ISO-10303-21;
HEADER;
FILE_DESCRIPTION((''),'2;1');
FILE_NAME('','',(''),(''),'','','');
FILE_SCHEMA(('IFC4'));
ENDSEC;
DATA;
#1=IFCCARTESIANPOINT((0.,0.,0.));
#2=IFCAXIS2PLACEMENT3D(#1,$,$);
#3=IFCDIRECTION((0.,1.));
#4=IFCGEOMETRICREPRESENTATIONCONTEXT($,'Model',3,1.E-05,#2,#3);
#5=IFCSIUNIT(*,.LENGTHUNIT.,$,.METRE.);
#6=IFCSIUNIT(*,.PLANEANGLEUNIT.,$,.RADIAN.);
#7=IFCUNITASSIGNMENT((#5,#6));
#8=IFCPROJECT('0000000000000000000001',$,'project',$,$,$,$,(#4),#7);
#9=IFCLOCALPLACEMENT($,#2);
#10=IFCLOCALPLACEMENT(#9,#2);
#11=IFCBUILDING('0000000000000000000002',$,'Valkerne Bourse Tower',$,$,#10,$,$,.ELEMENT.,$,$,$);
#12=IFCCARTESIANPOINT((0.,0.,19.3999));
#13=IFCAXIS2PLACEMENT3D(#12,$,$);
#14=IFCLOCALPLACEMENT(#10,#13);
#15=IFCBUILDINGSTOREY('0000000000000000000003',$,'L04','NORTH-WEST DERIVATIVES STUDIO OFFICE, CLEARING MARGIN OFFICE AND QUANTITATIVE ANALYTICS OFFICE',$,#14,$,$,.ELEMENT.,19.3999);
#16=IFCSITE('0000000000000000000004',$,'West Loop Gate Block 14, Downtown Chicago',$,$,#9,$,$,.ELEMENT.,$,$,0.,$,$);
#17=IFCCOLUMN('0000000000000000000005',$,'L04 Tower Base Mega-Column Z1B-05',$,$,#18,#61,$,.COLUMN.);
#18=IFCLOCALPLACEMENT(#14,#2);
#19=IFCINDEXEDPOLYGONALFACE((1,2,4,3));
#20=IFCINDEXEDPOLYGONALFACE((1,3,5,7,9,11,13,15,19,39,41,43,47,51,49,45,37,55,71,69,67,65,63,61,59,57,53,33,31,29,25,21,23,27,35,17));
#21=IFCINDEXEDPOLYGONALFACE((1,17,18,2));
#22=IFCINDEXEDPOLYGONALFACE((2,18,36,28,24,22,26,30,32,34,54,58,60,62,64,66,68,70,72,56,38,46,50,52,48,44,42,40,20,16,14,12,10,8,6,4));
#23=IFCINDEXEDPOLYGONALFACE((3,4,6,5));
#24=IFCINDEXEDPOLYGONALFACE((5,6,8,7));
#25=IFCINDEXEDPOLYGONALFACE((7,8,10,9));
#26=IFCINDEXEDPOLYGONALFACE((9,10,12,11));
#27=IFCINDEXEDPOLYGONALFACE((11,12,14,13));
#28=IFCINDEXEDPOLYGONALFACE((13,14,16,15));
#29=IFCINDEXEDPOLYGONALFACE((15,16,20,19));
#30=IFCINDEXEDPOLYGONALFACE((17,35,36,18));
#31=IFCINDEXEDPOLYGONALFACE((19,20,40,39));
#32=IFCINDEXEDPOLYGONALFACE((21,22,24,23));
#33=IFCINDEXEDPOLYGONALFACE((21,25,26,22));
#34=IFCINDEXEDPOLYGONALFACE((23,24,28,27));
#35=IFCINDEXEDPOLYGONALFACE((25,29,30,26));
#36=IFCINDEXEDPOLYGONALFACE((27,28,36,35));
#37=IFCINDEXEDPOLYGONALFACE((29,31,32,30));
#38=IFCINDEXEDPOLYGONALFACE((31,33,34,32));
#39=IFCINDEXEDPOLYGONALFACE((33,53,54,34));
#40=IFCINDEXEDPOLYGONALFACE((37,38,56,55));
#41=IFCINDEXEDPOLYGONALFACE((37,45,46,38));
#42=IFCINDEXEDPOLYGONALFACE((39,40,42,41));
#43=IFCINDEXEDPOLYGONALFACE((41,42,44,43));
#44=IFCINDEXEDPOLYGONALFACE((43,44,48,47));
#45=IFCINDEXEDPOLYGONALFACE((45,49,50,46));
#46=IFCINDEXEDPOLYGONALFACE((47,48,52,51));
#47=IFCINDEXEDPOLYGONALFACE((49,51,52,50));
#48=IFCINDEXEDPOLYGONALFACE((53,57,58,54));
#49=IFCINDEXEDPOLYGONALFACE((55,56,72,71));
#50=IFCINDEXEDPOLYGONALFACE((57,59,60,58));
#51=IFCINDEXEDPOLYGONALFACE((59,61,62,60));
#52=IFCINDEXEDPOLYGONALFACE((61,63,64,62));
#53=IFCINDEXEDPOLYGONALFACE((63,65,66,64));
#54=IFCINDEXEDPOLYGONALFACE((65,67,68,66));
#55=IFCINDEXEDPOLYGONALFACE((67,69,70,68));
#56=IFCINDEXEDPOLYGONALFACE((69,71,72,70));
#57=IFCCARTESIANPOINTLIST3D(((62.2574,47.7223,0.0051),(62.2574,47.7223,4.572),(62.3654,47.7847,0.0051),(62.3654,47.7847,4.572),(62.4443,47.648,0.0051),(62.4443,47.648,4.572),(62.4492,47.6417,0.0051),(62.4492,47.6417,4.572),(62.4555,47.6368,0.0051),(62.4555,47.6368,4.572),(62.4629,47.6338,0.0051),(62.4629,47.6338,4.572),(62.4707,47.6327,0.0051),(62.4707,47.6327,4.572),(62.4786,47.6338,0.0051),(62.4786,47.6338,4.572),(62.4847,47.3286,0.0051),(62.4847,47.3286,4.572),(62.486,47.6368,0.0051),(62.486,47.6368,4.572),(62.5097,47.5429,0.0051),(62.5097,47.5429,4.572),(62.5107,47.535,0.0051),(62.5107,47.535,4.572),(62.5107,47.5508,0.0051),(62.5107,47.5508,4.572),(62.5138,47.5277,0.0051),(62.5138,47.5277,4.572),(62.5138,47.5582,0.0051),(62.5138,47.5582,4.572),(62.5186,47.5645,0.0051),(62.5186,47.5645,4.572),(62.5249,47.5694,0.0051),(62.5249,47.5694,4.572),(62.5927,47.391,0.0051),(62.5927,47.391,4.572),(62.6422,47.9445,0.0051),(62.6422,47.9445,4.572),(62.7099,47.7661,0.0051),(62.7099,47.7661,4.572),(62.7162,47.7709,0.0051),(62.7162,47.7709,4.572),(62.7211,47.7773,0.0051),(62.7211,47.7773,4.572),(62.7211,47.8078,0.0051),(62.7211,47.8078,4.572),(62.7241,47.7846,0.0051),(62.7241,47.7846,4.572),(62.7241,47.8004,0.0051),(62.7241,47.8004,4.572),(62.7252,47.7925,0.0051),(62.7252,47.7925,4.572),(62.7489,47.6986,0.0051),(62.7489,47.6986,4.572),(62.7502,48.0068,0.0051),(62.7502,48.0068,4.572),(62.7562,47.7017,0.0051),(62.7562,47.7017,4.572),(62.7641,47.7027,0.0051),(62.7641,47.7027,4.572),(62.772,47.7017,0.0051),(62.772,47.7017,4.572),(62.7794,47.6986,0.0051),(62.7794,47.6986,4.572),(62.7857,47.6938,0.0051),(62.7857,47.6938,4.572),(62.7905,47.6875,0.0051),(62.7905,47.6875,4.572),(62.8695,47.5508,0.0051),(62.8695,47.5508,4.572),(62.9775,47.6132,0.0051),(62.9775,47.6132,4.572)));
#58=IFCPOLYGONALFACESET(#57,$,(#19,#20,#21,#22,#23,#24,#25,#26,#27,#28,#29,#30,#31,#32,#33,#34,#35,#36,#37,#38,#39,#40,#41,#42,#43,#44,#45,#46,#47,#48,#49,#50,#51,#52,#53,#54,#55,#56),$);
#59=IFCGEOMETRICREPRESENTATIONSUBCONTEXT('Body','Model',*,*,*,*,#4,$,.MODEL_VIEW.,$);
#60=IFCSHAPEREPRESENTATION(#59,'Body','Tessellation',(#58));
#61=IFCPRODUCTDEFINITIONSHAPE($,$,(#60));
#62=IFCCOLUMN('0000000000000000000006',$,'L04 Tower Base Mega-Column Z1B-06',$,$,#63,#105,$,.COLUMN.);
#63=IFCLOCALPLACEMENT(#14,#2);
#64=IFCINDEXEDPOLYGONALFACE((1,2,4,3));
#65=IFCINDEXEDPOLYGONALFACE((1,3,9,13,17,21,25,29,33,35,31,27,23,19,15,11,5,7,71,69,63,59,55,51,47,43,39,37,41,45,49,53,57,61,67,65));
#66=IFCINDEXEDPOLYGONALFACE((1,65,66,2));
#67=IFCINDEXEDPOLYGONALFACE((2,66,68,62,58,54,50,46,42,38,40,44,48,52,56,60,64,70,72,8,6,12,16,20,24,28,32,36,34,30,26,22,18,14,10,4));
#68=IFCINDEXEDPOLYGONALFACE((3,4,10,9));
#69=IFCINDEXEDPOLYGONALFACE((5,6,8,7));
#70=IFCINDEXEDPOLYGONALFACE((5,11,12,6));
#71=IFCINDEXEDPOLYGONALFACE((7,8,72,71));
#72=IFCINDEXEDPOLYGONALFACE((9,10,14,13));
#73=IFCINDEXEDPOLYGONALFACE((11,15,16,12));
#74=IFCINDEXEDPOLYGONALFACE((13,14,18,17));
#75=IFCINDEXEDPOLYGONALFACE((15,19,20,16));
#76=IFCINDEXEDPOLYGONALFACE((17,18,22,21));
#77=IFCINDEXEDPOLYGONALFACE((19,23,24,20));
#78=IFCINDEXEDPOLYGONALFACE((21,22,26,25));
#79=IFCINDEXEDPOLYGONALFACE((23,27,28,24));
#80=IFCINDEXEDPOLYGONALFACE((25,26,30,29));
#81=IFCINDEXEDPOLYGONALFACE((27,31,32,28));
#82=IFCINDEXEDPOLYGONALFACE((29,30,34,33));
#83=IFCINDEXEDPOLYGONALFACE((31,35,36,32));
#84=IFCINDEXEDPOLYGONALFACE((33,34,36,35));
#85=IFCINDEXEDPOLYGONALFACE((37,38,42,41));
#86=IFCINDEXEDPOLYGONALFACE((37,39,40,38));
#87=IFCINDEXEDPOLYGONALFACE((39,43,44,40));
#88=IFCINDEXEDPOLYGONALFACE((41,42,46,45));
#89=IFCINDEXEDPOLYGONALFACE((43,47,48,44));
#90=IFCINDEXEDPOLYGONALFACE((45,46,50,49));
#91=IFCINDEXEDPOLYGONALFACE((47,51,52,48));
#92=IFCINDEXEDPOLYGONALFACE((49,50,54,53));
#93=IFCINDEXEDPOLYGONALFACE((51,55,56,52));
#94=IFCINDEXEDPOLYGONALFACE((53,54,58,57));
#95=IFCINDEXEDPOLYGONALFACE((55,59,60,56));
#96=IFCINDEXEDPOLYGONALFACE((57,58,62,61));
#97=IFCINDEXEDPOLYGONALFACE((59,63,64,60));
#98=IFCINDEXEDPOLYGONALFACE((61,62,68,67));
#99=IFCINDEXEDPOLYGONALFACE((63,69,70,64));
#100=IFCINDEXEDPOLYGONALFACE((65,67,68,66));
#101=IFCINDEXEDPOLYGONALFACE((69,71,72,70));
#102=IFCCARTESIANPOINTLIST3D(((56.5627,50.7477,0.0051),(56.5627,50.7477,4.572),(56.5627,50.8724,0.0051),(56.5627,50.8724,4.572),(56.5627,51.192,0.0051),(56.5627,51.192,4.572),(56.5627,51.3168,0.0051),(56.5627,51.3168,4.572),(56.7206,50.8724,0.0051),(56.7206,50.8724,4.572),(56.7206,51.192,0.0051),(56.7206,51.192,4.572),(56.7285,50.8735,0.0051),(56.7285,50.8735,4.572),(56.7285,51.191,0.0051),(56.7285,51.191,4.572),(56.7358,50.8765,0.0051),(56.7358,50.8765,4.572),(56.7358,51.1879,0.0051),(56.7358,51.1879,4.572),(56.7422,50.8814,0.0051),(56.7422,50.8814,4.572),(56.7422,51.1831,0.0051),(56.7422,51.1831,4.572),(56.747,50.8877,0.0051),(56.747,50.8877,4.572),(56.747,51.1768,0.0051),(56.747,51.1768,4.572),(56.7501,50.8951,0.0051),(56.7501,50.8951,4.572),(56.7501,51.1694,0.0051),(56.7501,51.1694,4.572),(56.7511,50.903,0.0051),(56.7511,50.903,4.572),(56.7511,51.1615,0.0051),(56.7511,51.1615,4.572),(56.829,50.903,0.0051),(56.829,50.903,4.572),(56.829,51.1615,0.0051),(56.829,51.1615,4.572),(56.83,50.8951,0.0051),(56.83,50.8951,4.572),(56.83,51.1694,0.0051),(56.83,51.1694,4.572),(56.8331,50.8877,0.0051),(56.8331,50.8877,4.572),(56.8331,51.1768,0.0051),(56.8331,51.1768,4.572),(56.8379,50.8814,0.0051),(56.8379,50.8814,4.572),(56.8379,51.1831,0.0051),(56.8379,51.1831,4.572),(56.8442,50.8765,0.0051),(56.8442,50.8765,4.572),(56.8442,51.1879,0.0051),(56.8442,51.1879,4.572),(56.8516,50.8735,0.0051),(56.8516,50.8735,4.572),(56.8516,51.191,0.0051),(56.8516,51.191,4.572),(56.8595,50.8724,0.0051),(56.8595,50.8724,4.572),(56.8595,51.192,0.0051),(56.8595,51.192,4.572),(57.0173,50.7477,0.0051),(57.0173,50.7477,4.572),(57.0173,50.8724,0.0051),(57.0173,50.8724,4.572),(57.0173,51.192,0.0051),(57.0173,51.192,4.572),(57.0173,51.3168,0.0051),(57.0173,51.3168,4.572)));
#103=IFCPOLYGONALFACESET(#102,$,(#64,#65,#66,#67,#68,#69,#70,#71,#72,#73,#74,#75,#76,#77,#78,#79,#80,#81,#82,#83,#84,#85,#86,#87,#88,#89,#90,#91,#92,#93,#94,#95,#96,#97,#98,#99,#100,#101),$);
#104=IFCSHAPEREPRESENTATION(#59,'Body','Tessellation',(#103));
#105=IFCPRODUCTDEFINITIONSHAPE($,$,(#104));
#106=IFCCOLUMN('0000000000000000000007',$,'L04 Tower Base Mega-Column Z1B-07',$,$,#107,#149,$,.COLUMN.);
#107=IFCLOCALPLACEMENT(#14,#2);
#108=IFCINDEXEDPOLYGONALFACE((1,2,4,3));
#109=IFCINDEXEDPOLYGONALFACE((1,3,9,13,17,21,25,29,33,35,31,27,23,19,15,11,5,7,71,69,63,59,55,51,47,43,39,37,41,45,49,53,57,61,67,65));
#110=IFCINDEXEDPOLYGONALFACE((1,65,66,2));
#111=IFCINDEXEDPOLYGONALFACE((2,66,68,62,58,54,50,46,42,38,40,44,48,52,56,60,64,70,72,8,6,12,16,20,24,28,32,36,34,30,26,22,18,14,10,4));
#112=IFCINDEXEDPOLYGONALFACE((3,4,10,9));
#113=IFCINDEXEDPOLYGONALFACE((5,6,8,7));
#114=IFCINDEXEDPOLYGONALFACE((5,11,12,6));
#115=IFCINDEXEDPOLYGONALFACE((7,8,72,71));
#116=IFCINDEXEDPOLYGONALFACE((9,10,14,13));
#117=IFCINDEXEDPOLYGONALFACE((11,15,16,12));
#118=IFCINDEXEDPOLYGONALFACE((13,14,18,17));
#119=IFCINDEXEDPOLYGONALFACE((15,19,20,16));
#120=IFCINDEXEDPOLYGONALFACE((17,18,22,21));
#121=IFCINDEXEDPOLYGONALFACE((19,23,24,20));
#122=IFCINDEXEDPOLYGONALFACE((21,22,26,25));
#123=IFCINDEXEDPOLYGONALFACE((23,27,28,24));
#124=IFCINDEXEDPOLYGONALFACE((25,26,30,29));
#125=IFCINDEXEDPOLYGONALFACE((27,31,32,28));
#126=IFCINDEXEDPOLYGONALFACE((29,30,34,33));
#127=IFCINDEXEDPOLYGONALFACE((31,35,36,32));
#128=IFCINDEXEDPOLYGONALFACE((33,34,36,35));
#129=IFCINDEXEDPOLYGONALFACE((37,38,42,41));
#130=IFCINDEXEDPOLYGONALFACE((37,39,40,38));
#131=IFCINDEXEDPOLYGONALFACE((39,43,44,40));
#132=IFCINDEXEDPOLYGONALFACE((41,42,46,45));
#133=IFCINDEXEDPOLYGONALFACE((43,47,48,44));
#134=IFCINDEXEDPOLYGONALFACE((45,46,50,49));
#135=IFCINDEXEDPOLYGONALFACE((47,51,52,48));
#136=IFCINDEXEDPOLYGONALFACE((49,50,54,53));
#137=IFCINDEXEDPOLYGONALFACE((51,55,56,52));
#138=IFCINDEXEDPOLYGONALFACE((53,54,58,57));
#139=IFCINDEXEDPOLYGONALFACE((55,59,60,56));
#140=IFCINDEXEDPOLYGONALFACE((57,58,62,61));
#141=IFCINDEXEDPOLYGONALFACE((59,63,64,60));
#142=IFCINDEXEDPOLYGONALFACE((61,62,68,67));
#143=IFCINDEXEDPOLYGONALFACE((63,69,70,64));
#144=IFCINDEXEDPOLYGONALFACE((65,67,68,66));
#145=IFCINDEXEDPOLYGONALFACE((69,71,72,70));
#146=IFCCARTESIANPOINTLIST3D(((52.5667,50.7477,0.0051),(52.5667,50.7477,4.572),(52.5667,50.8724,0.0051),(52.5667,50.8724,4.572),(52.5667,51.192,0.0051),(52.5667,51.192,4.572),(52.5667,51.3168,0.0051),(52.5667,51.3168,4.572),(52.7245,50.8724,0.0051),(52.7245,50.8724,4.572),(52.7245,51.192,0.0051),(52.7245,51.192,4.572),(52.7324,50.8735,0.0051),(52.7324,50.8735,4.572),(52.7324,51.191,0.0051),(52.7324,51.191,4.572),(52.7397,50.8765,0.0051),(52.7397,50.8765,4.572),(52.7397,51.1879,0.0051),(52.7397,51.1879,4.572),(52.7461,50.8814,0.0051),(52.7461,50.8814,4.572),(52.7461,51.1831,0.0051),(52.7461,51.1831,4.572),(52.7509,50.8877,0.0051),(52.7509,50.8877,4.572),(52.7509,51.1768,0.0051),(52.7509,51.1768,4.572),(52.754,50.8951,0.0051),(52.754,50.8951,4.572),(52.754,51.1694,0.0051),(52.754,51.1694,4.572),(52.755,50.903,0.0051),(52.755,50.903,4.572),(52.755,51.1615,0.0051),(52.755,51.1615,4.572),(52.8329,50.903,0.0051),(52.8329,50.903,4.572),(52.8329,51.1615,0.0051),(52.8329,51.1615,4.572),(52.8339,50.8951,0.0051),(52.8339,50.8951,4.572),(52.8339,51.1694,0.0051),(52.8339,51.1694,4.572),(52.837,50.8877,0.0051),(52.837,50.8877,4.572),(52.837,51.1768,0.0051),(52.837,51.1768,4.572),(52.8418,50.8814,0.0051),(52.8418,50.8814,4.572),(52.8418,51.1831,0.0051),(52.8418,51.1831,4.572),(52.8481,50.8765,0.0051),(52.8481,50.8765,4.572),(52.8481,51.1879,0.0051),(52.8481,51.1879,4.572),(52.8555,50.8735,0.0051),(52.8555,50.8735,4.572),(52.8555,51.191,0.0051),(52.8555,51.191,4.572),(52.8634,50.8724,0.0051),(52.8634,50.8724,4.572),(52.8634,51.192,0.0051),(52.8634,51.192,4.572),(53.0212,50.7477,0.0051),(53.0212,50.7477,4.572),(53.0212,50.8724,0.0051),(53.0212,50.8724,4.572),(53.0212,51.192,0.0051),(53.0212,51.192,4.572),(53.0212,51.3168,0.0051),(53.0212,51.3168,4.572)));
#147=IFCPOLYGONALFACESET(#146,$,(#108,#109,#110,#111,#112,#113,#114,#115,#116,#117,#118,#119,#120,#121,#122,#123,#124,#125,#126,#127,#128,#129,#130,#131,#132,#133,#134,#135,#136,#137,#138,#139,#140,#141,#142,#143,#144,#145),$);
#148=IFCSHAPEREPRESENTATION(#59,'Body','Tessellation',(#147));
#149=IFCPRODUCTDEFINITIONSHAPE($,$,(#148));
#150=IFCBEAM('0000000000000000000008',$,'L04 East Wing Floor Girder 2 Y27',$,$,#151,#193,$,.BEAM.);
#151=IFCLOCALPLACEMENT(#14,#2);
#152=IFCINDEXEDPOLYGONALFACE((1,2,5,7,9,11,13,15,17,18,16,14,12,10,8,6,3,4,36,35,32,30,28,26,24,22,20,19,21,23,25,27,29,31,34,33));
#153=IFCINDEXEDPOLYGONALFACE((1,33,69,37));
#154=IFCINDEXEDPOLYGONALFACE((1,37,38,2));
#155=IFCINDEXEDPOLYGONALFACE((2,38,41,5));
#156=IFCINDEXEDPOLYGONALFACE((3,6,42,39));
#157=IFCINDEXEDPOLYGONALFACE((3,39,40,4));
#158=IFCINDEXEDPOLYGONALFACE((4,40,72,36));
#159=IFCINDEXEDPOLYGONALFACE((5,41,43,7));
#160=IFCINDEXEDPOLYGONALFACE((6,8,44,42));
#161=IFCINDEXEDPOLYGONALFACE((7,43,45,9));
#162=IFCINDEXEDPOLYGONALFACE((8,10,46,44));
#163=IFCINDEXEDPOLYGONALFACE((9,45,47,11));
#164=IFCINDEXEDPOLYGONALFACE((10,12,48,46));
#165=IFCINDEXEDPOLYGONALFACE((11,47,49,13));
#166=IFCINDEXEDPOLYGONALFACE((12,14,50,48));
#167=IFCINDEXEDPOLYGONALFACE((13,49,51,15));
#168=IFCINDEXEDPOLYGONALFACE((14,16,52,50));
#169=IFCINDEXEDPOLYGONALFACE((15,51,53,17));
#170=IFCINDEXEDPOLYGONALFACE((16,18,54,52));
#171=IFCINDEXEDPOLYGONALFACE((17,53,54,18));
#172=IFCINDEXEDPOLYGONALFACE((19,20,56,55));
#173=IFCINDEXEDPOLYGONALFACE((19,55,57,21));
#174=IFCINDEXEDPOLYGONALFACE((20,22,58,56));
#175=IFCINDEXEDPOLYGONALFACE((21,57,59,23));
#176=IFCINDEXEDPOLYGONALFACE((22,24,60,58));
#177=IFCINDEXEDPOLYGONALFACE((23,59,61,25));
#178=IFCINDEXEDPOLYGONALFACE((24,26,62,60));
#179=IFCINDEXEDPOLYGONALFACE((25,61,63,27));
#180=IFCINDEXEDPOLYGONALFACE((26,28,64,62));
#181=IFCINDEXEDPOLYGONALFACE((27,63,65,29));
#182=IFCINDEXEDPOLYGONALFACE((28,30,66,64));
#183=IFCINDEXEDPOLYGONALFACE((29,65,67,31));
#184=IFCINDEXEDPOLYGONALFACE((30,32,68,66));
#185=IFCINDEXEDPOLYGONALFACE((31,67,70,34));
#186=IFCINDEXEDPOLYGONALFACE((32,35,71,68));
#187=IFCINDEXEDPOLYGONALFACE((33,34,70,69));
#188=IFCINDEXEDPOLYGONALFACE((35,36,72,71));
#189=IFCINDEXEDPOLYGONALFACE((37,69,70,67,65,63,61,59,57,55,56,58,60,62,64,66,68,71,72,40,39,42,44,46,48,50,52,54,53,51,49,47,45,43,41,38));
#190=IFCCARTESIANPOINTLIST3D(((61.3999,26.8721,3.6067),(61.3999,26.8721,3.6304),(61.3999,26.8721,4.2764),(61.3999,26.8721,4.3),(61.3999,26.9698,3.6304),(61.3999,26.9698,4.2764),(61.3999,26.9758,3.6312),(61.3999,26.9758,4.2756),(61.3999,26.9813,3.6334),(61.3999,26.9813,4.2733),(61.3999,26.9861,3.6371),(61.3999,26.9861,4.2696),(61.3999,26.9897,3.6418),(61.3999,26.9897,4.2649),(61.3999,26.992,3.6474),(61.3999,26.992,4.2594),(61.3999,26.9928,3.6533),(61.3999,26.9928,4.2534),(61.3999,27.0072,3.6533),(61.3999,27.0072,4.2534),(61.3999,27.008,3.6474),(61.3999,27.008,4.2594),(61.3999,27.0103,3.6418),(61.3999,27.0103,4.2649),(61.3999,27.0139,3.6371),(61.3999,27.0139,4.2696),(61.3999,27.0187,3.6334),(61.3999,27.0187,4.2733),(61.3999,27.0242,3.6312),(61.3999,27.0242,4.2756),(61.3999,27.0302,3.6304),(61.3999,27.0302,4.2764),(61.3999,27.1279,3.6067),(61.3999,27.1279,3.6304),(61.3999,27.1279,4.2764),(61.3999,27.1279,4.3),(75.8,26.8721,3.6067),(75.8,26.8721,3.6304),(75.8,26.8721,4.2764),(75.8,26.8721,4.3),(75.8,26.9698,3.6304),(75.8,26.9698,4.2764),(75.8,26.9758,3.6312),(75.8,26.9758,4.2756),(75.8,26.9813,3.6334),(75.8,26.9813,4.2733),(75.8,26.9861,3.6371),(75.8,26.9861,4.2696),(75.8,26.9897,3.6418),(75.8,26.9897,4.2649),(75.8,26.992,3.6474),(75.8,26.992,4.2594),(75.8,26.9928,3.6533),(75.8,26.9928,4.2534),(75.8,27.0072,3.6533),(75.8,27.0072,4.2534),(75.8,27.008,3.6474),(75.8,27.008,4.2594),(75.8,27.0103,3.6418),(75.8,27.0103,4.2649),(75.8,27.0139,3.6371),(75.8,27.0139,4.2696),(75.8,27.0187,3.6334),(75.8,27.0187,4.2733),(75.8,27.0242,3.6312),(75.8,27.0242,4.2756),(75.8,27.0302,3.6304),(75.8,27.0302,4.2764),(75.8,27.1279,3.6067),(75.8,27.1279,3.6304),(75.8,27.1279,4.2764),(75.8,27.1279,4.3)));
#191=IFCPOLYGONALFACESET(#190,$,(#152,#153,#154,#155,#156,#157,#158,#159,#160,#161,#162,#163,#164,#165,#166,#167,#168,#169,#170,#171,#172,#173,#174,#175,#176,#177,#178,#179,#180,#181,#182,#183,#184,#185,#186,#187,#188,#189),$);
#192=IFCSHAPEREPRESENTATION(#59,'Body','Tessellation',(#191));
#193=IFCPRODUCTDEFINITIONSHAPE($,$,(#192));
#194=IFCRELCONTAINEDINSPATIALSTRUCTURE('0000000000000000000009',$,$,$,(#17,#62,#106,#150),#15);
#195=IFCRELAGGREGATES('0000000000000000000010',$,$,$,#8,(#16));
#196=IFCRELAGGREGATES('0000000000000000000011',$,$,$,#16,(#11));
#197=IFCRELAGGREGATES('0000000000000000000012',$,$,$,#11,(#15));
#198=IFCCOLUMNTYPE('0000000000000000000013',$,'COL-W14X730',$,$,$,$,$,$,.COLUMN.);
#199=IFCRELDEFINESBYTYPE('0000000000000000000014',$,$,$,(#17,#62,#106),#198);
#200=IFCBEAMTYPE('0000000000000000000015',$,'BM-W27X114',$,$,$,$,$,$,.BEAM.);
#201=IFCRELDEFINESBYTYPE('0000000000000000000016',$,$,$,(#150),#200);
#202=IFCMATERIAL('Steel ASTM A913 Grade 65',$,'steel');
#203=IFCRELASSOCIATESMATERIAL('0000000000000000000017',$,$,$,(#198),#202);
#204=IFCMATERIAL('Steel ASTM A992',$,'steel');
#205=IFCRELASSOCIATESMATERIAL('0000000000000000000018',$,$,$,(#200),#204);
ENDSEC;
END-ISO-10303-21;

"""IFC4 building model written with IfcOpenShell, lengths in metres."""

from ifc_helpers import new_model, si_unit, direction, frame, origin, origin_2d, place, context, subcontext, project, spatial, i_section, extrude, material, material_profile, profile_set, type_object, element, save


model = new_model("IFC4")

# Units and contexts
model_context = context("Model", 3, precision=1e-05, world=origin(), true_north=direction((0.0, 1.0)))
body_context = subcontext(model_context, "Body", "Model", "MODEL_VIEW")
ifc_project = project(units=[si_unit("LENGTHUNIT", "METRE"), si_unit("PLANEANGLEUNIT", "RADIAN")], contexts=[model_context])

# Site, building, storey
site_placement = place(None, origin())
site = spatial("IfcSite", under=ifc_project, at=site_placement, Name="West Loop Gate Block 14, Downtown Chicago", CompositionType="ELEMENT", RefElevation=0.0)
building_placement = place(site_placement, origin())
building = spatial("IfcBuilding", under=site, at=building_placement, Name="Valkerne Bourse Tower", CompositionType="ELEMENT")
storey_placement = place(building_placement, frame((0.0, 0.0, 19.3999)))
storey = spatial("IfcBuildingStorey", under=building, at=storey_placement, Name="L04", Description="NORTH-WEST DERIVATIVES STUDIO OFFICE, CLEARING MARGIN OFFICE AND QUANTITATIVE ANALYTICS OFFICE", CompositionType="ELEMENT", Elevation=19.3999)

# Columns
ifc_material_1 = material(Name="Steel ASTM A913 Grade 65", Category="steel")
ifc_material_profile_1 = material_profile(ifc_material_1, i_section(OverallWidth=0.4546, OverallDepth=0.5691, WebThickness=0.0779, FlangeThickness=0.1248, FilletRadius=0.0305, at=origin_2d()), Name="W14X730")
ifc_profile_set_1 = profile_set([ifc_material_profile_1], Name="Steel ASTM A913 Grade 65")
column_type_1 = type_object("IfcColumnType", Name="COL-W14X730", PredefinedType="COLUMN", material=ifc_profile_set_1)
for number, where, z_axis, x_axis, name in (
    (1, (62.6174, 47.6677, 0.0051), (0.0, 0.0, 1.0), (-0.5, 0.866025, 0.0), "L04 Tower Base Mega-Column Z1B-05"),
    (2, (56.79, 51.0322, 0.0051), (0.0, 0.0, 1.0), (-1.0, 0.0, 0.0), "L04 Tower Base Mega-Column Z1B-06"),
    (3, (52.7939, 51.0322, 0.0051), (0.0, 0.0, 1.0), (-1.0, 0.0, 0.0), "L04 Tower Base Mega-Column Z1B-07"),
):
    element("IfcColumn", number, at=place(storey_placement, frame(where, z_axis=z_axis, x_axis=x_axis)), inside=storey, type_object=column_type_1, Name=name, PredefinedType="COLUMN", context=body_context, shape_type="SweptSolid", body=[
        extrude(i_section(OverallWidth=0.4546, OverallDepth=0.5691, WebThickness=0.0779, FlangeThickness=0.1248, FilletRadius=0.0305, at=origin_2d()), origin(), (0.0, 0.0, 1.0), 4.5669),
    ])

# Beam
ifc_material_2 = material(Name="Steel ASTM A992", Category="steel")
ifc_material_profile_2 = material_profile(ifc_material_2, i_section(OverallWidth=0.2559, OverallDepth=0.6934, WebThickness=0.0144, FlangeThickness=0.0237, FilletRadius=0.0229, at=origin_2d()), Name="W27X114")
ifc_profile_set_2 = profile_set([ifc_material_profile_2], Name="Steel ASTM A992")
beam_type = type_object("IfcBeamType", Name="BM-W27X114", PredefinedType="BEAM", material=ifc_profile_set_2)
beam_1_placement = place(storey_placement, frame((61.3999, 27.0, 3.9534), z_axis=(1.0, 0.0, 0.0), x_axis=(0.0, 1.0, 0.0)))
element("IfcBeam", 4, at=beam_1_placement, inside=storey, type_object=beam_type, Name="L04 East Wing Floor Girder 2 Y27", PredefinedType="BEAM", context=body_context, shape_type="SweptSolid", body=[
    extrude(i_section(OverallWidth=0.2559, OverallDepth=0.6934, WebThickness=0.0144, FlangeThickness=0.0237, FilletRadius=0.0229, at=origin_2d()), origin(), (0.0, 0.0, 1.0), 14.4001),
])

save(model, "model.ifc")
